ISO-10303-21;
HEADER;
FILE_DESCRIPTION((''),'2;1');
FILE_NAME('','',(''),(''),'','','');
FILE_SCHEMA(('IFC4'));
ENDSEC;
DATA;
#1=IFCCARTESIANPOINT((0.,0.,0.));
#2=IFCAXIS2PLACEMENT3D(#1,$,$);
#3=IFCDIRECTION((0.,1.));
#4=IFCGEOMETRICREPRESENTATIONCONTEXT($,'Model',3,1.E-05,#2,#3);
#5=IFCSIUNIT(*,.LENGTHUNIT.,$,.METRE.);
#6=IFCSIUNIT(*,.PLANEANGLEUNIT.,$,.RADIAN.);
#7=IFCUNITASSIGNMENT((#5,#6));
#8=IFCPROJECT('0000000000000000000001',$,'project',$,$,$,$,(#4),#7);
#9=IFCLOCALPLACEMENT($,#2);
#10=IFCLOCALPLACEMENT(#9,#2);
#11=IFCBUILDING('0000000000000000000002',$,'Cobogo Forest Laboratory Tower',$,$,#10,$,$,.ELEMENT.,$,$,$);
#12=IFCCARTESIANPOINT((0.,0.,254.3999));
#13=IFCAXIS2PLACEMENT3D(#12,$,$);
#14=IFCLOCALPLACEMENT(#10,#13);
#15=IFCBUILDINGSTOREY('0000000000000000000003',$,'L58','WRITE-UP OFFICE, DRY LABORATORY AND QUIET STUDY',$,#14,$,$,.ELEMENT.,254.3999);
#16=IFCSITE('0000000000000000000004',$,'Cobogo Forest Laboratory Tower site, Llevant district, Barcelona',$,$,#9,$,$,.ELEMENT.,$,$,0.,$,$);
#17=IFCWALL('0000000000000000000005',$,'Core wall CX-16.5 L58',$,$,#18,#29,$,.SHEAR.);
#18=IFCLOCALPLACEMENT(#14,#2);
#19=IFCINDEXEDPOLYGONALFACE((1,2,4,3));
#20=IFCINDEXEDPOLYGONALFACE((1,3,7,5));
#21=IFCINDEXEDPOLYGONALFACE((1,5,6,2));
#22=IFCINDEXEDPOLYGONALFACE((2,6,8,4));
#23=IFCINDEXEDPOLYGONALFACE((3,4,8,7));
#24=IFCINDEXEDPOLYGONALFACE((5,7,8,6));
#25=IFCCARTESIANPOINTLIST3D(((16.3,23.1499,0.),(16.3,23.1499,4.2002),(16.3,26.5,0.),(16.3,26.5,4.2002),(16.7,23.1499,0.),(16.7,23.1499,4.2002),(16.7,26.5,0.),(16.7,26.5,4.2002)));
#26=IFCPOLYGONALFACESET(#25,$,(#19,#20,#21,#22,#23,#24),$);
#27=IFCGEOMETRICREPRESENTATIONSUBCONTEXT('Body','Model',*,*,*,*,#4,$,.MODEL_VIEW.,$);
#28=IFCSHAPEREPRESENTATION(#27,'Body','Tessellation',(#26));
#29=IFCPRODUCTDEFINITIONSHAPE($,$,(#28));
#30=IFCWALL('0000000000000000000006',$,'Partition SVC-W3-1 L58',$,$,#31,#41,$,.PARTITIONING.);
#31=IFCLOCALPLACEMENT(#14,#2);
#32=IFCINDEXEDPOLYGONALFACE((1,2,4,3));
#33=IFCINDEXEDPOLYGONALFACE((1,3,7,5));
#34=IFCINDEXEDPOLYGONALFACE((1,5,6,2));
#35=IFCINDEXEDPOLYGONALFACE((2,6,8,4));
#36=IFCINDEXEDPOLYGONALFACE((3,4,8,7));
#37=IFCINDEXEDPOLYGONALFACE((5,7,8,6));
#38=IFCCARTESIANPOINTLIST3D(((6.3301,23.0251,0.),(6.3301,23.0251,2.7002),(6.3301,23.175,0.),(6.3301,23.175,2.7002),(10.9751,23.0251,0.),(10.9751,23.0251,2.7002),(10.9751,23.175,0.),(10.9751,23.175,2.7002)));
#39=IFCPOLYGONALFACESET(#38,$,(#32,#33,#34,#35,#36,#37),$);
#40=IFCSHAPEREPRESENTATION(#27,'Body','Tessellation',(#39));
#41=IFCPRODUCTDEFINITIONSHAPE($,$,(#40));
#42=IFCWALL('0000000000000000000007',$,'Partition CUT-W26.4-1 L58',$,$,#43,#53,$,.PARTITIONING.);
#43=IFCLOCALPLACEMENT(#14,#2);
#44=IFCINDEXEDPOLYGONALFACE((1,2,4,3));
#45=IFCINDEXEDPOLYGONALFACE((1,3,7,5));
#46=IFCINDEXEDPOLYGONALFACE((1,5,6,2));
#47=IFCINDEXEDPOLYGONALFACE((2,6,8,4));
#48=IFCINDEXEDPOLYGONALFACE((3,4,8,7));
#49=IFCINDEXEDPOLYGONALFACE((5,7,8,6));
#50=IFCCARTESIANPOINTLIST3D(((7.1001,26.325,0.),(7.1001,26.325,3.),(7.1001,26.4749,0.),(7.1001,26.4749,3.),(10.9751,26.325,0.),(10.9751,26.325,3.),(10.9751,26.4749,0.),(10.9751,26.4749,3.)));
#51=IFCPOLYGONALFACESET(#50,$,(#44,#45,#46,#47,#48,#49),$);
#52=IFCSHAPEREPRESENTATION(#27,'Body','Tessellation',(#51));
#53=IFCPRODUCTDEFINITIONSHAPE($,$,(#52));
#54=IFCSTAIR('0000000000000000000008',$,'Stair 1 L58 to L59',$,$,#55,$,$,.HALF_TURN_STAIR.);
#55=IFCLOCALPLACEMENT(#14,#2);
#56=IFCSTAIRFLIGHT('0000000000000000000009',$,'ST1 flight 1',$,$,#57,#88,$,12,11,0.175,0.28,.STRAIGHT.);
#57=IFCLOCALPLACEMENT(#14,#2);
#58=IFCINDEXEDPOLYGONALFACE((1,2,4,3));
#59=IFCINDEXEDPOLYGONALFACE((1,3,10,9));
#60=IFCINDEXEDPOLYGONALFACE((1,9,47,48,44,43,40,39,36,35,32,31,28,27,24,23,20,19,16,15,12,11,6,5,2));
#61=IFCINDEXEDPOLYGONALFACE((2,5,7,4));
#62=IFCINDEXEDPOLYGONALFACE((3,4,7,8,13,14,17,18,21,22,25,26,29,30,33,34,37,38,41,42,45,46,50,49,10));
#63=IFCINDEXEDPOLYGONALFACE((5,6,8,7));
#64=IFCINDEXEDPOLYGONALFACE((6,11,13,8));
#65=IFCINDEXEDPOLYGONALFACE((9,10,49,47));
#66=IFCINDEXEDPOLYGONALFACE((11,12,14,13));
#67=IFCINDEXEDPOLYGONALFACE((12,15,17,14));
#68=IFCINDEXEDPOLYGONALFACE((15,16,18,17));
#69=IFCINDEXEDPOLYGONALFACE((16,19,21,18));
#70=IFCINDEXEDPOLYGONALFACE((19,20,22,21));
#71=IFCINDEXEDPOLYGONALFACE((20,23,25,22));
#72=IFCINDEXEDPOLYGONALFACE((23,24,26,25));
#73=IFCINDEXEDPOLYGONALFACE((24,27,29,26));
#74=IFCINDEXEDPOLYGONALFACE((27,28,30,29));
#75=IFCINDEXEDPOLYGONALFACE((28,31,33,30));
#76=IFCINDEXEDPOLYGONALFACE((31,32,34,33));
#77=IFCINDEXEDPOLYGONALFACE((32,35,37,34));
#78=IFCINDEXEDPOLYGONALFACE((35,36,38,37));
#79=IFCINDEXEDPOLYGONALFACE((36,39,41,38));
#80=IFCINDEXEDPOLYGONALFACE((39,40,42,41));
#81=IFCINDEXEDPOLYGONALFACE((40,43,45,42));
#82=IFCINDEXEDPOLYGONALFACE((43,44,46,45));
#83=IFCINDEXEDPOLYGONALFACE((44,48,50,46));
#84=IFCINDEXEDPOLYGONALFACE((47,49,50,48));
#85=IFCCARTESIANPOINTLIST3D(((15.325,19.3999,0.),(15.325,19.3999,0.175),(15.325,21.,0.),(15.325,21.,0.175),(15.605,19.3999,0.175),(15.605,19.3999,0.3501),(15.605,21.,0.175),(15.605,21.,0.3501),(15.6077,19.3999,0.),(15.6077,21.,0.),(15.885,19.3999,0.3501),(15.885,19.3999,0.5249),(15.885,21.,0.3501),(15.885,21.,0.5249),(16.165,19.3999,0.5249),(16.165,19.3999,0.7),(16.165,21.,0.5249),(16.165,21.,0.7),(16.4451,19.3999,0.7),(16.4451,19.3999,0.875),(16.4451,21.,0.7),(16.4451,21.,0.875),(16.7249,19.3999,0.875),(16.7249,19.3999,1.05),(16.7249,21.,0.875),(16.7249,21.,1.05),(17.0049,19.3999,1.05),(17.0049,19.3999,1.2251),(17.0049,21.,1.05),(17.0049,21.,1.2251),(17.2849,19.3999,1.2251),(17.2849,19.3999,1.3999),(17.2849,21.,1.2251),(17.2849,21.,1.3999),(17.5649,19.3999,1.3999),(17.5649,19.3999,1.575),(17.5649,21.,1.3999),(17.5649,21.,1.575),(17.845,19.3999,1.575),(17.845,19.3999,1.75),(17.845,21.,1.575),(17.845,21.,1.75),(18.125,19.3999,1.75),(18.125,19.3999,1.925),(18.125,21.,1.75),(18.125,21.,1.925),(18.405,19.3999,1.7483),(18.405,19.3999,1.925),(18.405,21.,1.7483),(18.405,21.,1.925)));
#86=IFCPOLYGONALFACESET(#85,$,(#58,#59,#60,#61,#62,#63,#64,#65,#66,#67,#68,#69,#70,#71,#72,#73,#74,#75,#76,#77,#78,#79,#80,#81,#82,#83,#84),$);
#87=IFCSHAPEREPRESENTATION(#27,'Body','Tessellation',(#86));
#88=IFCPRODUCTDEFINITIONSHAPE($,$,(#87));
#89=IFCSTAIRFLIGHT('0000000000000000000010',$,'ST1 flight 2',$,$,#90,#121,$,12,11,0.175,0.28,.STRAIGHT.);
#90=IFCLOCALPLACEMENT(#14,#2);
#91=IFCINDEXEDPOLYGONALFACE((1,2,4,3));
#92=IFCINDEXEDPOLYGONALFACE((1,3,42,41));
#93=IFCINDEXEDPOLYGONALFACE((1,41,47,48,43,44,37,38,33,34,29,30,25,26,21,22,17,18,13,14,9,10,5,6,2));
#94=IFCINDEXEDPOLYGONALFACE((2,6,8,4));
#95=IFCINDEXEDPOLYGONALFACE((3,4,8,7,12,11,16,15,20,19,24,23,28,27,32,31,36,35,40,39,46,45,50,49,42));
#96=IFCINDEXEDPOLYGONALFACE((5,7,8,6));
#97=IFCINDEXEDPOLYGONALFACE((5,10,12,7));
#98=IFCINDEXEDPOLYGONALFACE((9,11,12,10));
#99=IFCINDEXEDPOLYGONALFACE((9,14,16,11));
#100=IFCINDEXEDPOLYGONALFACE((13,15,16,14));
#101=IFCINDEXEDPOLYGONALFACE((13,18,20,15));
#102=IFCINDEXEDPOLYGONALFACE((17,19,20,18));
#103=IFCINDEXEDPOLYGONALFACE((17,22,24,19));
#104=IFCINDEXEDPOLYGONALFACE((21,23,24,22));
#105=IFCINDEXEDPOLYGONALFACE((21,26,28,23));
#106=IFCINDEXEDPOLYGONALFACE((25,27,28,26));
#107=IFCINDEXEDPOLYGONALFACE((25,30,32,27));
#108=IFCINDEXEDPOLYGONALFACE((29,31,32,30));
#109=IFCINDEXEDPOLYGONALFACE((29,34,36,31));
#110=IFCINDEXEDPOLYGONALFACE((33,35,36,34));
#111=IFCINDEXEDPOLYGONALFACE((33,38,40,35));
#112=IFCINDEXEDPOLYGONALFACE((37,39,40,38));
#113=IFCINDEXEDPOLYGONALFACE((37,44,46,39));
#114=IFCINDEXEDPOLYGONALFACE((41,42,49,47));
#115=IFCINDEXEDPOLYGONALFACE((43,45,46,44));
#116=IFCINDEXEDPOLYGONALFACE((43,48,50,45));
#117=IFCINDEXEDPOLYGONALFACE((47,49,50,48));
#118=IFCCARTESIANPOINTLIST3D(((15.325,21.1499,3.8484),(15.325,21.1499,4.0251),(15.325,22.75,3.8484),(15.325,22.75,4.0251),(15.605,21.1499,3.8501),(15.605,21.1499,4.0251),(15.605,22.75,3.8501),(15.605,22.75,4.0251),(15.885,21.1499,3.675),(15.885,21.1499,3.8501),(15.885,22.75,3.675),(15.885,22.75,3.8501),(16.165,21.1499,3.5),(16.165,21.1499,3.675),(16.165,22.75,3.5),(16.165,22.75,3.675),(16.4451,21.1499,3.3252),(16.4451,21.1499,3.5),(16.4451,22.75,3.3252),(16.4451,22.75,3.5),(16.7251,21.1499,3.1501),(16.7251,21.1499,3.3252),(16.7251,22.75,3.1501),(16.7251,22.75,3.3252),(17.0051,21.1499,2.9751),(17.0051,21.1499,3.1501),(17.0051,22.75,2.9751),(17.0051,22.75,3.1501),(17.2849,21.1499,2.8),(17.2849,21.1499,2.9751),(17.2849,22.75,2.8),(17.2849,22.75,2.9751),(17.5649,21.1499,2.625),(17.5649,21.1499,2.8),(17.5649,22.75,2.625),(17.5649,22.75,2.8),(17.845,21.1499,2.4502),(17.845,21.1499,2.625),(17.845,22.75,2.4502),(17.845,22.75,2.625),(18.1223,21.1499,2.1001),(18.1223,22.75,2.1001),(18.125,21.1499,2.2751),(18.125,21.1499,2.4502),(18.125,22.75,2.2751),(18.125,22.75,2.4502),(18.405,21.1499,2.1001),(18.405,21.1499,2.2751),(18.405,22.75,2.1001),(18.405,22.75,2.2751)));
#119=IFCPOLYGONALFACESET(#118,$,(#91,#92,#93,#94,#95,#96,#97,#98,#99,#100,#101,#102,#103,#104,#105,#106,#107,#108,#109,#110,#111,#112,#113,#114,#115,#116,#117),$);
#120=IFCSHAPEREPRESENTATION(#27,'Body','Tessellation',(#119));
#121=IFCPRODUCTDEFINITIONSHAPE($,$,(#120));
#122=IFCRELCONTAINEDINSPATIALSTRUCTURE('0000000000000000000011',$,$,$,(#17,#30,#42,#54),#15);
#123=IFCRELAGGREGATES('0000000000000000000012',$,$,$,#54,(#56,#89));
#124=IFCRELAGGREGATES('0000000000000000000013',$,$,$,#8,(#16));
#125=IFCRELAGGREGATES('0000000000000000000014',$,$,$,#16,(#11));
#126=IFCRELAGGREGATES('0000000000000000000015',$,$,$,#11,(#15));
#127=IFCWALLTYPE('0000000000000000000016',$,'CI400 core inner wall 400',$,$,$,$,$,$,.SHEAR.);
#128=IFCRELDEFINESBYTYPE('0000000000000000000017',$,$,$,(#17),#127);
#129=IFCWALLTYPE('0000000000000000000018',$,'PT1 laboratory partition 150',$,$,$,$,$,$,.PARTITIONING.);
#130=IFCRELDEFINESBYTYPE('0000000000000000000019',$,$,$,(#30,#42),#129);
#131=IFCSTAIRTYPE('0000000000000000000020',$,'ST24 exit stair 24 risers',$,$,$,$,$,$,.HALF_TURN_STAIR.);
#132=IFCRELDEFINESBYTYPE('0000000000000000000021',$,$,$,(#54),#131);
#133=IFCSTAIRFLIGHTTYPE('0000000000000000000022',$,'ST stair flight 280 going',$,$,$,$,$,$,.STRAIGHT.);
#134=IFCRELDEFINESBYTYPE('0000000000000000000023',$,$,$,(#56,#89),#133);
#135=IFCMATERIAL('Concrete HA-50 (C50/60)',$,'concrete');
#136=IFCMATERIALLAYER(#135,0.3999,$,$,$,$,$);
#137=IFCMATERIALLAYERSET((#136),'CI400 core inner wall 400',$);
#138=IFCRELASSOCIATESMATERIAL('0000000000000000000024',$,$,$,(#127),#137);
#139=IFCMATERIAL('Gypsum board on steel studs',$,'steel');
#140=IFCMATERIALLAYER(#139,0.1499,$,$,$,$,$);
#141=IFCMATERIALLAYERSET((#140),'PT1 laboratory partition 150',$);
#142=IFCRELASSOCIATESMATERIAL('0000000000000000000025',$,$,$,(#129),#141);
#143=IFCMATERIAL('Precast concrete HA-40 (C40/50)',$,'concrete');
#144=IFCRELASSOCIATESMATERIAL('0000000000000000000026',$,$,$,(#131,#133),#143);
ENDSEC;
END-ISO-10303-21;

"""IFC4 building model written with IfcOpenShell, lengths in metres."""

from ifc_helpers import new_model, si_unit, direction, frame, frame_2d, origin, place, context, subcontext, project, spatial, polyline, rectangle, outline, extrude, material, layer, layer_set, type_object, element, aggregate, save


model = new_model("IFC4")

# Units and contexts
model_context = context("Model", 3, precision=1e-05, world=origin(), true_north=direction((0.0, 1.0)))
body_context = subcontext(model_context, "Body", "Model", "MODEL_VIEW")
ifc_project = project(units=[si_unit("LENGTHUNIT", "METRE"), si_unit("PLANEANGLEUNIT", "RADIAN")], contexts=[model_context])

# Site, building, storey
site_placement = place(None, origin())
site = spatial("IfcSite", under=ifc_project, at=site_placement, Name="Cobogo Forest Laboratory Tower site, Llevant district, Barcelona", CompositionType="ELEMENT", RefElevation=0.0)
building_placement = place(site_placement, origin())
building = spatial("IfcBuilding", under=site, at=building_placement, Name="Cobogo Forest Laboratory Tower", CompositionType="ELEMENT")
storey_placement = place(building_placement, frame((0.0, 0.0, 254.3999)))
storey = spatial("IfcBuildingStorey", under=building, at=storey_placement, Name="L58", Description="WRITE-UP OFFICE, DRY LABORATORY AND QUIET STUDY", CompositionType="ELEMENT", Elevation=254.3999)

# Shared definitions
ifc_material_1 = material(Name="Concrete HA-50 (C50/60)", Category="concrete")

# Shared definitions
ifc_layer_1 = layer(ifc_material_1, 0.3999)
ifc_layer_set_1 = layer_set([ifc_layer_1], Name="CI400 core inner wall 400")
wall_type_1 = type_object("IfcWallType", Name="CI400 core inner wall 400", PredefinedType="SHEAR", material=ifc_layer_set_1)

# Walls
wall_1_placement = place(storey_placement, frame((16.5, 23.1499, 0.0), z_axis=(0.0, 0.0, 1.0), x_axis=(0.0, 1.0, 0.0)))
element("IfcWall", 1, at=wall_1_placement, inside=storey, type_object=wall_type_1, Name="Core wall CX-16.5 L58", PredefinedType="SHEAR", context=body_context, shape_type="SweptSolid", body=[
    extrude(rectangle(XDim=3.3501, YDim=0.3999, at=frame_2d((1.675, 0.0))), origin(), (0.0, 0.0, 1.0), 4.2002),
])
ifc_material_2 = material(Name="Gypsum board on steel studs", Category="steel")
ifc_layer_2 = layer(ifc_material_2, 0.1499)
ifc_layer_set_2 = layer_set([ifc_layer_2], Name="PT1 laboratory partition 150")
wall_type_2 = type_object("IfcWallType", Name="PT1 laboratory partition 150", PredefinedType="PARTITIONING", material=ifc_layer_set_2)
wall_2_placement = place(storey_placement, frame((6.3301, 23.1001, 0.0), z_axis=(0.0, 0.0, 1.0), x_axis=(1.0, 0.0, 0.0)))
element("IfcWall", 2, at=wall_2_placement, inside=storey, type_object=wall_type_2, Name="Partition SVC-W3-1 L58", PredefinedType="PARTITIONING", context=body_context, shape_type="SweptSolid", body=[
    extrude(rectangle(XDim=4.645, YDim=0.1499, at=frame_2d((2.3225, 0.0))), origin(), (0.0, 0.0, 1.0), 2.7002),
])
wall_3_placement = place(storey_placement, frame((7.1001, 26.3999, 0.0), z_axis=(0.0, 0.0, 1.0), x_axis=(1.0, 0.0, 0.0)))
element("IfcWall", 3, at=wall_3_placement, inside=storey, type_object=wall_type_2, Name="Partition CUT-W26.4-1 L58", PredefinedType="PARTITIONING", context=body_context, shape_type="SweptSolid", body=[
    extrude(rectangle(XDim=3.875, YDim=0.1499, at=frame_2d((1.9375, 0.0))), origin(), (0.0, 0.0, 1.0), 3.0),
])

# Stair, stair flights
ifc_material_3 = material(Name="Precast concrete HA-40 (C40/50)", Category="concrete")
stair_type = type_object("IfcStairType", Name="ST24 exit stair 24 risers", PredefinedType="HALF_TURN_STAIR", material=ifc_material_3)
stair_placement = place(storey_placement, origin())
stair = element("IfcStair", 4, at=stair_placement, inside=storey, type_object=stair_type, Name="Stair 1 L58 to L59", PredefinedType="HALF_TURN_STAIR")
stair_flight_type = type_object("IfcStairFlightType", Name="ST stair flight 280 going", PredefinedType="STRAIGHT", material=ifc_material_3)
stair_flight_1_placement = place(storey_placement, frame((15.325, 20.2, 0.0), z_axis=(0.0, 0.0, 1.0), x_axis=(1.0, 0.0, 0.0)))
stair_flight_1 = element("IfcStairFlight", 5, at=stair_flight_1_placement, type_object=stair_flight_type, Name="ST1 flight 1", NumberOfRisers=12, NumberOfTreads=11, PredefinedType="STRAIGHT", RiserHeight=0.175, TreadLength=0.28, context=body_context, shape_type="SweptSolid", body=[
    extrude(outline(polyline([(0.0, 0.0), (0.0, 0.175), (0.28, 0.175), (0.28, 0.3501), (0.5601, 0.3501), (0.5601, 0.5249), (0.8401, 0.5249), (0.8401, 0.7), (1.1201, 0.7), (1.1201, 0.875), (1.3999, 0.875), (1.3999, 1.05), (1.6799, 1.05), (1.6799, 1.2251), (1.96, 1.2251), (1.96, 1.3999), (2.24, 1.3999), (2.24, 1.575), (2.52, 1.575), (2.52, 1.75), (2.8, 1.75), (2.8, 1.925), (3.0801, 1.925), (3.0801, 2.1001), (3.0801, 1.7483), (0.2827, 0.0), (0.0, 0.0)])), frame((0.0, 0.8, 0.0), z_axis=(0.0, -1.0, 0.0), x_axis=(1.0, 0.0, 0.0)), (0.0, 0.0, 1.0), 1.6001),
])
stair_flight_2_placement = place(storey_placement, frame((18.405, 21.95, 2.1001), z_axis=(0.0, 0.0, 1.0), x_axis=(-1.0, 0.0, 0.0)))
stair_flight_2 = element("IfcStairFlight", 6, at=stair_flight_2_placement, type_object=stair_flight_type, Name="ST1 flight 2", NumberOfRisers=12, NumberOfTreads=11, PredefinedType="STRAIGHT", RiserHeight=0.175, TreadLength=0.28, context=body_context, shape_type="SweptSolid", body=[
    extrude(outline(polyline([(0.0, 0.0), (0.0, 0.175), (0.28, 0.175), (0.28, 0.3501), (0.5601, 0.3501), (0.5601, 0.5249), (0.8401, 0.5249), (0.8401, 0.7), (1.1201, 0.7), (1.1201, 0.875), (1.3999, 0.875), (1.3999, 1.05), (1.6799, 1.05), (1.6799, 1.2251), (1.96, 1.2251), (1.96, 1.3999), (2.24, 1.3999), (2.24, 1.575), (2.52, 1.575), (2.52, 1.75), (2.8, 1.75), (2.8, 1.925), (3.0801, 1.925), (3.0801, 2.1001), (3.0801, 1.7483), (0.2827, 0.0), (0.0, 0.0)])), frame((0.0, 0.8, 0.0), z_axis=(0.0, -1.0, 0.0), x_axis=(1.0, 0.0, 0.0)), (0.0, 0.0, 1.0), 1.6001),
])
aggregate(stair, [stair_flight_1, stair_flight_2])

save(model, "model.ifc")
